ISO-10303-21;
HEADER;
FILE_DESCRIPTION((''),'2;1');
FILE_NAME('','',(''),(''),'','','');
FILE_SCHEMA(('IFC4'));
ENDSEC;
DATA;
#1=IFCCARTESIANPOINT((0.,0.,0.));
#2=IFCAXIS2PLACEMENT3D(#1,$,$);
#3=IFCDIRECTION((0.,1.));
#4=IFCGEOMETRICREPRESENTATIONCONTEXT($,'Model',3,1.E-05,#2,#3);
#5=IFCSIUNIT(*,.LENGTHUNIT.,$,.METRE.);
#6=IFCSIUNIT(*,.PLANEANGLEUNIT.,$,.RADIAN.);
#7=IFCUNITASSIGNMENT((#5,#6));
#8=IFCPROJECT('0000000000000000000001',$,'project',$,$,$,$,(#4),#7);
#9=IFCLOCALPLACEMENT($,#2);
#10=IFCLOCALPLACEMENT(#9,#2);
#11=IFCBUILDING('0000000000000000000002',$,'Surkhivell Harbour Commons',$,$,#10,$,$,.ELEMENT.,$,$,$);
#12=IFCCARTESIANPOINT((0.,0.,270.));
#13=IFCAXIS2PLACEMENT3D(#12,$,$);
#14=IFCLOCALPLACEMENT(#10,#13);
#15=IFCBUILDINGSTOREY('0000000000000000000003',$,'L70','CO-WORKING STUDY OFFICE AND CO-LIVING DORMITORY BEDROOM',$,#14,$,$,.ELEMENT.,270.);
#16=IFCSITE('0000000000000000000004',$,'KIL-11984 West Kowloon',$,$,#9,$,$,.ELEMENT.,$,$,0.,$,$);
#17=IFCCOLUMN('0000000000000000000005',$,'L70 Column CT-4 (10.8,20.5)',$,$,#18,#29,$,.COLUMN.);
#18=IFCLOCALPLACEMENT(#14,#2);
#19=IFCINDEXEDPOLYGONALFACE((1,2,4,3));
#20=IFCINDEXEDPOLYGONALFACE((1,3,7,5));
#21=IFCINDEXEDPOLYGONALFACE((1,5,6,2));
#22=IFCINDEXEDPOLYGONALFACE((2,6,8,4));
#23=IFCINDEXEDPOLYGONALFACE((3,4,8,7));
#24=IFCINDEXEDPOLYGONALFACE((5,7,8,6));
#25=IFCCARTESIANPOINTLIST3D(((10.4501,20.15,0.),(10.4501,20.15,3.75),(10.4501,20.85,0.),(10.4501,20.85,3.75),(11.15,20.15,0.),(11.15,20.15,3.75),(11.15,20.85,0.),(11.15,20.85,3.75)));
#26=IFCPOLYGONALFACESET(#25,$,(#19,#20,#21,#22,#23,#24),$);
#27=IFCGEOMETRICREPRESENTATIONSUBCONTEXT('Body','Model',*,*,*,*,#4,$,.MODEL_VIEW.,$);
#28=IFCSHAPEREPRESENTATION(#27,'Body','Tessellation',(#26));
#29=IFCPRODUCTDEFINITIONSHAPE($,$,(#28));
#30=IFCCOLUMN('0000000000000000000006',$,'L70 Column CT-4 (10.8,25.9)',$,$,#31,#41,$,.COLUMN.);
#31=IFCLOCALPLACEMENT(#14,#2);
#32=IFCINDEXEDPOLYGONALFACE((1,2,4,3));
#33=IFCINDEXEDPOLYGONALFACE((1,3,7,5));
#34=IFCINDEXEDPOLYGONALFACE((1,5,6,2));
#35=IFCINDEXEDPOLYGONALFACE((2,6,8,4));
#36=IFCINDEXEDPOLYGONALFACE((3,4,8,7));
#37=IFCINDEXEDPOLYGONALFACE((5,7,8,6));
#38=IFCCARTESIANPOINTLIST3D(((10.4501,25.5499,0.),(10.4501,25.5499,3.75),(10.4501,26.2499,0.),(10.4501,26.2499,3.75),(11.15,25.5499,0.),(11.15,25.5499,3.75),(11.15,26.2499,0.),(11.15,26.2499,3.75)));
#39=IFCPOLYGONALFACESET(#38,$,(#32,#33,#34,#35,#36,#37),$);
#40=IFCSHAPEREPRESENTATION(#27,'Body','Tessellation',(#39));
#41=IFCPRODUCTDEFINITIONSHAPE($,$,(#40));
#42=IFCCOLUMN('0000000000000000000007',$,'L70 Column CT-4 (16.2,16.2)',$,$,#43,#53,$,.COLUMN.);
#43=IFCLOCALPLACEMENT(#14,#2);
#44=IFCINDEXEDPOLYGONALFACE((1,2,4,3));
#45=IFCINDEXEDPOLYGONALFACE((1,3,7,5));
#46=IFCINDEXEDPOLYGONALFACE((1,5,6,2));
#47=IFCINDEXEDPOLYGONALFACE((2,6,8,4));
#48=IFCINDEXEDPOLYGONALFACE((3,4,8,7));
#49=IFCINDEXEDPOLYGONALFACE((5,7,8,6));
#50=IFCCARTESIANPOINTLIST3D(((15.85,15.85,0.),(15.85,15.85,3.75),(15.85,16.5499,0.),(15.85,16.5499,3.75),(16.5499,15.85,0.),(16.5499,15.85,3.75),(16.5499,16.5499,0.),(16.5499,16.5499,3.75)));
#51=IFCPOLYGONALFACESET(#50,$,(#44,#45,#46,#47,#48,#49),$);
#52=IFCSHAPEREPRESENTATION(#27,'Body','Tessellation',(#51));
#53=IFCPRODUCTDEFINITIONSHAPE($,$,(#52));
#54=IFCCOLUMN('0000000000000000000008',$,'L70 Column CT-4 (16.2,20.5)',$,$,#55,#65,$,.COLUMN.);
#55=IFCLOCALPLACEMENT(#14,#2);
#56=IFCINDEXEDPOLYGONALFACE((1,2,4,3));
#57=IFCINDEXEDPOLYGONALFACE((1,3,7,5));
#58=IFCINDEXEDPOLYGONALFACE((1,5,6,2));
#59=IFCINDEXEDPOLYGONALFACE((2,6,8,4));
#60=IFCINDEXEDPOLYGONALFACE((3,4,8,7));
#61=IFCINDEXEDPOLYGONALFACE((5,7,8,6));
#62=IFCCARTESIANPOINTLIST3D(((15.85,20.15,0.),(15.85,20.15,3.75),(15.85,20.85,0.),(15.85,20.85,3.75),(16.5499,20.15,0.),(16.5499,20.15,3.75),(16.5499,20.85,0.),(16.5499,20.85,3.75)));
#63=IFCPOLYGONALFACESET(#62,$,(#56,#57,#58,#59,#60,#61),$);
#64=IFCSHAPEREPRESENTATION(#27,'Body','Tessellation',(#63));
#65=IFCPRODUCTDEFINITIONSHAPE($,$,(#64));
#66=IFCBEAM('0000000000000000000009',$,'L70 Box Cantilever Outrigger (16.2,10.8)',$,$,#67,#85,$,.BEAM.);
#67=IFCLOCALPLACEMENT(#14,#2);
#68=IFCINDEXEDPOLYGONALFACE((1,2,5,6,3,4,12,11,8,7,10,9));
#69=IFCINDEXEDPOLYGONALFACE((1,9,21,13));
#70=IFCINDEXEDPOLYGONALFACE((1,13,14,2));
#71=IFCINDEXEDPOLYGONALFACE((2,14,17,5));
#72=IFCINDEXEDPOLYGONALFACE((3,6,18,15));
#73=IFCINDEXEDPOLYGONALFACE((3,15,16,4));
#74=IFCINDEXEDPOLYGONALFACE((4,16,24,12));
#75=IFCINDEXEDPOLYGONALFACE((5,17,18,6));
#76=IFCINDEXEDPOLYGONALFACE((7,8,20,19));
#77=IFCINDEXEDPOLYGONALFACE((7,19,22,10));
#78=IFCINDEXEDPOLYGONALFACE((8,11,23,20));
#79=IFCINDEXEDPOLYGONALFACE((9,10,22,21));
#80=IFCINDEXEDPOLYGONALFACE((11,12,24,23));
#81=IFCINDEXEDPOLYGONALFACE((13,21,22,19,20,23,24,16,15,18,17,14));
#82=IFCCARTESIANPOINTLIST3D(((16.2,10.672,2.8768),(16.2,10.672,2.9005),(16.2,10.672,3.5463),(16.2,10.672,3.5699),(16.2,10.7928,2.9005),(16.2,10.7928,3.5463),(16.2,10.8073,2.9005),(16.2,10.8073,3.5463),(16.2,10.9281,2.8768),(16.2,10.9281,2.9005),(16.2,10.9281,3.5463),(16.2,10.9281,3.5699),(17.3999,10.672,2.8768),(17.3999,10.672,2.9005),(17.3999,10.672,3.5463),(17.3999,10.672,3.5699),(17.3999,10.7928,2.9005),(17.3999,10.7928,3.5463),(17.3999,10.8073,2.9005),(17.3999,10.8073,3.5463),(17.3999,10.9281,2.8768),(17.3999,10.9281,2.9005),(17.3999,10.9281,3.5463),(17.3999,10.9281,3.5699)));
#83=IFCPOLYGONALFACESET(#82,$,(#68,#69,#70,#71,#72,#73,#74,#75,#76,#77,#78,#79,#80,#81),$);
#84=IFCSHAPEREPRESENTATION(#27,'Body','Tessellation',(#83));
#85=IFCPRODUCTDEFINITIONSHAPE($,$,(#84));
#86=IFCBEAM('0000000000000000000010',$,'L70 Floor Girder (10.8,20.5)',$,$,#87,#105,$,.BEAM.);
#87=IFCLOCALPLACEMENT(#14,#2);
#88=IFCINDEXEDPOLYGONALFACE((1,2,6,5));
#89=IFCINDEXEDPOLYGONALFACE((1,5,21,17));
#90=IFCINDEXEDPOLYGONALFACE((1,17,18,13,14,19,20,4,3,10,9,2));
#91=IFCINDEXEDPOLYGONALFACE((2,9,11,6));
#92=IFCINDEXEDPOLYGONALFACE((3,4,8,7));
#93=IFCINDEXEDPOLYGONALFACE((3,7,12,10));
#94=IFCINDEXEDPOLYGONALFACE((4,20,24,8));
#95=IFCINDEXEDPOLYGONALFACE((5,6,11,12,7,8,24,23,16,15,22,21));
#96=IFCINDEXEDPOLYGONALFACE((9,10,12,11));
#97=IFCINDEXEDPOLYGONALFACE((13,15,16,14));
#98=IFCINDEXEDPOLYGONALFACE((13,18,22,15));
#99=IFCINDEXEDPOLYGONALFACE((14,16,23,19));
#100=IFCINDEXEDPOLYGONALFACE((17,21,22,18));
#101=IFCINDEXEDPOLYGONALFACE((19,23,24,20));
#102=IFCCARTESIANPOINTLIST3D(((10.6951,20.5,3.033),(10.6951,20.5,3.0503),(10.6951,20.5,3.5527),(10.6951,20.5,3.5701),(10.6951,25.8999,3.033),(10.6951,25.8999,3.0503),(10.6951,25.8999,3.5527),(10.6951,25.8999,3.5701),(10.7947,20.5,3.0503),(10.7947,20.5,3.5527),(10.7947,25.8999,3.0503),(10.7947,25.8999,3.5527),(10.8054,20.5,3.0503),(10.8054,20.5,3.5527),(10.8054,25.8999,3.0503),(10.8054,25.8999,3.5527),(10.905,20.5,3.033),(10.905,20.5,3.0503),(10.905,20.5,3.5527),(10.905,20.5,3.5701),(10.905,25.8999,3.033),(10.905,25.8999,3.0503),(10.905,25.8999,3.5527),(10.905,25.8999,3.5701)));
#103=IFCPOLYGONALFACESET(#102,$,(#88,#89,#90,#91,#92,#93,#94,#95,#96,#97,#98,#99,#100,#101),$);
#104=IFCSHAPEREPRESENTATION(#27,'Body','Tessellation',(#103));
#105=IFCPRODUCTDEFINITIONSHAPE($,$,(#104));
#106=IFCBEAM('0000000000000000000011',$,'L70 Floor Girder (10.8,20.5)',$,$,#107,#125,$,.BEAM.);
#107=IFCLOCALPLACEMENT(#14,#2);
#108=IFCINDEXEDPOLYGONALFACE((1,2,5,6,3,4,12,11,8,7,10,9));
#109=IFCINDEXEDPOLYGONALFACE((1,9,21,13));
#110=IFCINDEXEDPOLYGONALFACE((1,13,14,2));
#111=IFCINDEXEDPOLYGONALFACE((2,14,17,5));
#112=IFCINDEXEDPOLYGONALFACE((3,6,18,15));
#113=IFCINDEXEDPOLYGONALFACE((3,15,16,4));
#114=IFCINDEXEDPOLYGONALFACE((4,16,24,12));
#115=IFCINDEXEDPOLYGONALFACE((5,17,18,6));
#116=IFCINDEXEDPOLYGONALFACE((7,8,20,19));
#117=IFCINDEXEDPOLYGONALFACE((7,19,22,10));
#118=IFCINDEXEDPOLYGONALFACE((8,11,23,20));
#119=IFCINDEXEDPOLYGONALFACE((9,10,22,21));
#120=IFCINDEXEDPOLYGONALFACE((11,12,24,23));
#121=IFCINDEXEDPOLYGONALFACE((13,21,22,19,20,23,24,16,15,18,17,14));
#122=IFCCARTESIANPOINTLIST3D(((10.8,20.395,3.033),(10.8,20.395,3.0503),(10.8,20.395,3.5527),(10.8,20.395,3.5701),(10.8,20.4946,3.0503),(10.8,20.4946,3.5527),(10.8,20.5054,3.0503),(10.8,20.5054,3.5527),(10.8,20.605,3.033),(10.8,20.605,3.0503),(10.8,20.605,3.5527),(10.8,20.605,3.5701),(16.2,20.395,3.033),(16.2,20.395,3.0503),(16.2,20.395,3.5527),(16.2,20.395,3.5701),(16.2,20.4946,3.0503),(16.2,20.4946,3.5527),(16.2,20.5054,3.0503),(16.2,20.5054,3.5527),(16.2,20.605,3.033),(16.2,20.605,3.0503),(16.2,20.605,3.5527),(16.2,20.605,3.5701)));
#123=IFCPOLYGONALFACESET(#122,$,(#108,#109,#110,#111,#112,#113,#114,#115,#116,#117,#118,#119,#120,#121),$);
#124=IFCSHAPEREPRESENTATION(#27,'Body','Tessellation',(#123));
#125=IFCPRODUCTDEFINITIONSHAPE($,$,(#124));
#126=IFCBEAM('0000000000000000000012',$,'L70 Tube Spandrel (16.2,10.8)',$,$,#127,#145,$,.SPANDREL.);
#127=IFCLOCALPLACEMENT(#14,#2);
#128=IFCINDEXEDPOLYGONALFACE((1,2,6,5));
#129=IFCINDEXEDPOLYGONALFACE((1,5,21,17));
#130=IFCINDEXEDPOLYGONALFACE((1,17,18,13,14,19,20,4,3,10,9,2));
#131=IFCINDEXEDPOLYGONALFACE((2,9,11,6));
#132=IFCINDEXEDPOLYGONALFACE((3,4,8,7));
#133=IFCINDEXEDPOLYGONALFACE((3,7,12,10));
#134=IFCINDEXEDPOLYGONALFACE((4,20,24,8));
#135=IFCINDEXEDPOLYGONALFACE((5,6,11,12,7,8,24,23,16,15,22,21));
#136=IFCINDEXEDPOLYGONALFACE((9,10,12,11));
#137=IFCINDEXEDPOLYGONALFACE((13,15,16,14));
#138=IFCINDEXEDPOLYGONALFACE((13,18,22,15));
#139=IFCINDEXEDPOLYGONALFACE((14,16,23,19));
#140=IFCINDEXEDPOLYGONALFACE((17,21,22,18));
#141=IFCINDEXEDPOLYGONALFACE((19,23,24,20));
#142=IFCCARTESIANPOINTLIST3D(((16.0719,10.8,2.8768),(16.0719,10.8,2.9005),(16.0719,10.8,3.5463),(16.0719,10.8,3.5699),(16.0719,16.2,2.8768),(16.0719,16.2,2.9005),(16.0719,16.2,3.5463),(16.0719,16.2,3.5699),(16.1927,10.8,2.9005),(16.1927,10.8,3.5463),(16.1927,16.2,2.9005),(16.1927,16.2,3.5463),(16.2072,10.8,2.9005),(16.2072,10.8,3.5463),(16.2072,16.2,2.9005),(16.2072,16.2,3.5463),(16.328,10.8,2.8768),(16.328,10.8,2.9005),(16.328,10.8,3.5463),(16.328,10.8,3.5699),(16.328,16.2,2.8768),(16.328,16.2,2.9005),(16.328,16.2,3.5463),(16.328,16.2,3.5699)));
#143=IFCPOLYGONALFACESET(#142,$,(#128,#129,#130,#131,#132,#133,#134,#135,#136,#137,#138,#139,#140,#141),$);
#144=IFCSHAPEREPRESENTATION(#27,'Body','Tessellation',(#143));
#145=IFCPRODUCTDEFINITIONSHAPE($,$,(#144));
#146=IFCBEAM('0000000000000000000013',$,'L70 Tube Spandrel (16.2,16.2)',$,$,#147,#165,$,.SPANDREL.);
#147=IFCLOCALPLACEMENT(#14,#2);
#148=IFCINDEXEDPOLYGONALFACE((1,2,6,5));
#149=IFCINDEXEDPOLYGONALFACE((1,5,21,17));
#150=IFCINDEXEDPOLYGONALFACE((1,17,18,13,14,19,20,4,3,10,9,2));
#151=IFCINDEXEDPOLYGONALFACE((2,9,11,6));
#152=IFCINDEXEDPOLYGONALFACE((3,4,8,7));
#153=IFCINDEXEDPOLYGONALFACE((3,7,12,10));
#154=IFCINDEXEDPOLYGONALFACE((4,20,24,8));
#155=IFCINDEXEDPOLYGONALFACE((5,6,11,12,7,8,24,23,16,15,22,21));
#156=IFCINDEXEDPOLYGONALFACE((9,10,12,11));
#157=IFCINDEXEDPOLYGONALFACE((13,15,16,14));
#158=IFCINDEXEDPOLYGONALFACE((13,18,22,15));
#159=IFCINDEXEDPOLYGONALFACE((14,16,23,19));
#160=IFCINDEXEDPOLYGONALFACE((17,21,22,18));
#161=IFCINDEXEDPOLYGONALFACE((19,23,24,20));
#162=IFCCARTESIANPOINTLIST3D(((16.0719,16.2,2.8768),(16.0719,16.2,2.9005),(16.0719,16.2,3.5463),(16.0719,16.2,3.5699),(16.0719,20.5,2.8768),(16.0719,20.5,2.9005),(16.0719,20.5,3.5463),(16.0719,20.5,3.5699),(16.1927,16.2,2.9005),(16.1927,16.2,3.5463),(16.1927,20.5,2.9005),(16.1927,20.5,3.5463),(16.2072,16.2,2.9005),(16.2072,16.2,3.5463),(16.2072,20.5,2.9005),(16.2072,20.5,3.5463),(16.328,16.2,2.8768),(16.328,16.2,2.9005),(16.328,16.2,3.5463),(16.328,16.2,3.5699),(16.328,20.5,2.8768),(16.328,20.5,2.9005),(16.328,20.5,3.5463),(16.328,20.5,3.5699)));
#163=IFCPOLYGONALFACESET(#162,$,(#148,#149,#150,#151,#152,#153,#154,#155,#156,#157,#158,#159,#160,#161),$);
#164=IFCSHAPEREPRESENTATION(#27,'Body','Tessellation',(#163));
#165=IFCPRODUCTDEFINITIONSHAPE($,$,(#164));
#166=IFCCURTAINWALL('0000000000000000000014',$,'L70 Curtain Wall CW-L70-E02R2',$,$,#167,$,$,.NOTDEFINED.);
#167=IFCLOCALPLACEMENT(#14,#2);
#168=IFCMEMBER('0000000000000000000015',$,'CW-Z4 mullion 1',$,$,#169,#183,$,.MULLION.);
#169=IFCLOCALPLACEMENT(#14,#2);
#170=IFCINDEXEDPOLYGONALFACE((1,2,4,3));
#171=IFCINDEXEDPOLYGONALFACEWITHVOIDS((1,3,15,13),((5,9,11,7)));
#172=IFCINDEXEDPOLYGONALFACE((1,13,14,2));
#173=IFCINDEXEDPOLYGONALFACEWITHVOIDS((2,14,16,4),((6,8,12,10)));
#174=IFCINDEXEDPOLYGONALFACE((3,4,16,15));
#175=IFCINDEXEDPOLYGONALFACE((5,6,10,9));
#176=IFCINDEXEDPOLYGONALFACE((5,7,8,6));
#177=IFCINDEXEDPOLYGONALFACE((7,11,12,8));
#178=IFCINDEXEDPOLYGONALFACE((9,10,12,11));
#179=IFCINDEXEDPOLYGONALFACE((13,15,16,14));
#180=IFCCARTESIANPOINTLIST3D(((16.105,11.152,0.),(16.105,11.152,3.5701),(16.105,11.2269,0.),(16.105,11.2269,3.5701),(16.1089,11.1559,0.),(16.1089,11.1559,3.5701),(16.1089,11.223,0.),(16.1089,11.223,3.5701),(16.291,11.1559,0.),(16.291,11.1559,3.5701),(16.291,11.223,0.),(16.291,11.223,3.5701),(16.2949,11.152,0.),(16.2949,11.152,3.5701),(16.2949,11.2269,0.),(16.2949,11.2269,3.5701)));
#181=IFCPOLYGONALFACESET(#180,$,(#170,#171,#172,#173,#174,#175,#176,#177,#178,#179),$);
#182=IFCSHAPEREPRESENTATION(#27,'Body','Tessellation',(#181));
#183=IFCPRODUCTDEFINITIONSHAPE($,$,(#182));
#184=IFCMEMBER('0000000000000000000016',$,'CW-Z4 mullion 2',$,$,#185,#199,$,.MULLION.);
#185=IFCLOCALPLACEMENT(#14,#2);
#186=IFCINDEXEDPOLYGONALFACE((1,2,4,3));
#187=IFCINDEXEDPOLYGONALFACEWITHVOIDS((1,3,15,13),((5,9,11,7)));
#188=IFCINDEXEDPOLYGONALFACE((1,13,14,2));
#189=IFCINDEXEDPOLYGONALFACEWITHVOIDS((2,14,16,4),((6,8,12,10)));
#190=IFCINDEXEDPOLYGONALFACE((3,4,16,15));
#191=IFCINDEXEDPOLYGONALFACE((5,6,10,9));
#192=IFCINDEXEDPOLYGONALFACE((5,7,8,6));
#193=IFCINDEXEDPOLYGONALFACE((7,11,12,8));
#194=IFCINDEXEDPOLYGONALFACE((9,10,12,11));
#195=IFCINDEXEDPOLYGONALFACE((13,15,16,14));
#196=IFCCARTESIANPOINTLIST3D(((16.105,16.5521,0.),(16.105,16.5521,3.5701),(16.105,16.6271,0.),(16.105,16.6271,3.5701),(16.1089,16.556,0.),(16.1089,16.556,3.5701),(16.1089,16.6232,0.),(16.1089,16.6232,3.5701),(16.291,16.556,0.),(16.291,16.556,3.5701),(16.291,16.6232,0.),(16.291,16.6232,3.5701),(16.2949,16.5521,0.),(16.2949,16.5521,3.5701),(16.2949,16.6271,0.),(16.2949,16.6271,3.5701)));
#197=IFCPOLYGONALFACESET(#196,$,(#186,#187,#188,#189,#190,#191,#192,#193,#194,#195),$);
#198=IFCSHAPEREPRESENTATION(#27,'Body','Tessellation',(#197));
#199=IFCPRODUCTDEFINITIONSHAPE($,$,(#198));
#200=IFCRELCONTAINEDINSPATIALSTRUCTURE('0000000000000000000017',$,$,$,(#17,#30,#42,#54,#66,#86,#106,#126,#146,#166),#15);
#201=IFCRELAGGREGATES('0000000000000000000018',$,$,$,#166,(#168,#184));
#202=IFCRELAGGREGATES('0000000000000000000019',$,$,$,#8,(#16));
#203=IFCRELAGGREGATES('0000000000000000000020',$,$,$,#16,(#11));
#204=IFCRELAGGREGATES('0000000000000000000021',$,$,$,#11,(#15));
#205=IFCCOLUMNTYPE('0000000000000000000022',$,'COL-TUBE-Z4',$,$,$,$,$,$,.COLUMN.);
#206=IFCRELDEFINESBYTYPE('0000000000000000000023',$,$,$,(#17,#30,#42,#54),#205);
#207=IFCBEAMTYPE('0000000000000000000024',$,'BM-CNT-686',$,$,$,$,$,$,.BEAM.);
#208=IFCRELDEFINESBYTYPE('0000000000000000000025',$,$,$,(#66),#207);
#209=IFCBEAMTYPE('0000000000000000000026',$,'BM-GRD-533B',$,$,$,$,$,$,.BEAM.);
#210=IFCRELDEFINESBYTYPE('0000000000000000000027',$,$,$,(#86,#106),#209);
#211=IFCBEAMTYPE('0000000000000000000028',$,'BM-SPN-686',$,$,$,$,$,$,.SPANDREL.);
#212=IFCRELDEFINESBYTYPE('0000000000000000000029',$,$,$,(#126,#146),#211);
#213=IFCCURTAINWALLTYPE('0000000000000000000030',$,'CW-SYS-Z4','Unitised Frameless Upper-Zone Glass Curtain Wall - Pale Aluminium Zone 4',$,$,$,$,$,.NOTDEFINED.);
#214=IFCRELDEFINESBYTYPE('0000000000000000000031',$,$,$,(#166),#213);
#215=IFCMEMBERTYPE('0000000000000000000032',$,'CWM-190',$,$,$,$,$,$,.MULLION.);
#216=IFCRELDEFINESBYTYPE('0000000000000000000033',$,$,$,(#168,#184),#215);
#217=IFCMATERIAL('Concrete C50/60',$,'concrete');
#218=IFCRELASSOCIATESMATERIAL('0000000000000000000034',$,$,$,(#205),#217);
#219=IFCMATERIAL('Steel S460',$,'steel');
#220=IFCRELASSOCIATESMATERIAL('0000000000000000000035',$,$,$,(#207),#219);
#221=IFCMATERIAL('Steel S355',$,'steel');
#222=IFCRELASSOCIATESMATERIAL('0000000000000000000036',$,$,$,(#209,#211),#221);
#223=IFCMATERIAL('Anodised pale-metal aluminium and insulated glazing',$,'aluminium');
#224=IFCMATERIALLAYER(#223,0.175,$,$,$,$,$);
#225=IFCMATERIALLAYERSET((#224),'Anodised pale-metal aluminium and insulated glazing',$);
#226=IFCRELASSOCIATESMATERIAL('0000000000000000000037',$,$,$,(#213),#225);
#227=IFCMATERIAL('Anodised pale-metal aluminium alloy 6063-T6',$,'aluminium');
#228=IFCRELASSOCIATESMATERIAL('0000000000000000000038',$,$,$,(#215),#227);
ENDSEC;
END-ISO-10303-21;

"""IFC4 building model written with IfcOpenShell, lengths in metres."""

from ifc_helpers import new_model, si_unit, direction, frame, origin, origin_2d, place, context, subcontext, project, spatial, rectangle, hollow_rectangle, i_section, extrude, material, layer, layer_set, material_profile, profile_set, type_object, element, aggregate, save


model = new_model("IFC4")

# Units and contexts
model_context = context("Model", 3, precision=1e-05, world=origin(), true_north=direction((0.0, 1.0)))
body_context = subcontext(model_context, "Body", "Model", "MODEL_VIEW")
ifc_project = project(units=[si_unit("LENGTHUNIT", "METRE"), si_unit("PLANEANGLEUNIT", "RADIAN")], contexts=[model_context])

# Site, building, storey
site_placement = place(None, origin())
site = spatial("IfcSite", under=ifc_project, at=site_placement, Name="KIL-11984 West Kowloon", CompositionType="ELEMENT", RefElevation=0.0)
building_placement = place(site_placement, origin())
building = spatial("IfcBuilding", under=site, at=building_placement, Name="Surkhivell Harbour Commons", CompositionType="ELEMENT")
storey_placement = place(building_placement, frame((0.0, 0.0, 270.0)))
storey = spatial("IfcBuildingStorey", under=building, at=storey_placement, Name="L70", Description="CO-WORKING STUDY OFFICE AND CO-LIVING DORMITORY BEDROOM", CompositionType="ELEMENT", Elevation=270.0)

# Columns
ifc_material_1 = material(Name="Concrete C50/60", Category="concrete")
ifc_material_profile_1 = material_profile(ifc_material_1, rectangle(XDim=0.7, YDim=0.7, at=origin_2d()), Name="RC-COL-700x700")
ifc_profile_set_1 = profile_set([ifc_material_profile_1], Name="Concrete C50/60")
column_type = type_object("IfcColumnType", Name="COL-TUBE-Z4", PredefinedType="COLUMN", material=ifc_profile_set_1)
for number, where, z_axis, x_axis, name in (
    (1, (10.8, 20.5, 0.0), (0.0, 0.0, 1.0), (1.0, 0.0, 0.0), "L70 Column CT-4 (10.8,20.5)"),
    (2, (10.8, 25.8999, 0.0), (0.0, 0.0, 1.0), (1.0, 0.0, 0.0), "L70 Column CT-4 (10.8,25.9)"),
    (3, (16.2, 16.2, 0.0), (0.0, 0.0, 1.0), (1.0, 0.0, 0.0), "L70 Column CT-4 (16.2,16.2)"),
    (4, (16.2, 20.5, 0.0), (0.0, 0.0, 1.0), (1.0, 0.0, 0.0), "L70 Column CT-4 (16.2,20.5)"),
):
    element("IfcColumn", number, at=place(storey_placement, frame(where, z_axis=z_axis, x_axis=x_axis)), inside=storey, type_object=column_type, Name=name, PredefinedType="COLUMN", context=body_context, shape_type="SweptSolid", body=[
        extrude(rectangle(XDim=0.7, YDim=0.7, at=origin_2d()), origin(), (0.0, 0.0, 1.0), 3.75),
    ])

# Beams
ifc_material_2 = material(Name="Steel S460", Category="steel")
ifc_material_profile_2 = material_profile(ifc_material_2, i_section(OverallWidth=0.2561, OverallDepth=0.6931, WebThickness=0.0144, FlangeThickness=0.0237, at=origin_2d()), Name="UB686x254x170")
ifc_profile_set_2 = profile_set([ifc_material_profile_2], Name="Steel S460")
beam_type_1 = type_object("IfcBeamType", Name="BM-CNT-686", PredefinedType="BEAM", material=ifc_profile_set_2)
beam_1_placement = place(storey_placement, frame((16.2, 10.8, 3.2234), z_axis=(1.0, 0.0, 0.0), x_axis=(0.0, 1.0, 0.0)))
element("IfcBeam", 5, at=beam_1_placement, inside=storey, type_object=beam_type_1, Name="L70 Box Cantilever Outrigger (16.2,10.8)", PredefinedType="BEAM", context=body_context, shape_type="SweptSolid", body=[
    extrude(i_section(OverallWidth=0.2561, OverallDepth=0.6931, WebThickness=0.0144, FlangeThickness=0.0237, at=origin_2d()), origin(), (0.0, 0.0, 1.0), 1.2),
])
ifc_material_3 = material(Name="Steel S355", Category="steel")
ifc_material_profile_3 = material_profile(ifc_material_3, i_section(OverallWidth=0.21, OverallDepth=0.5371, WebThickness=0.0107, FlangeThickness=0.0173, at=origin_2d()), Name="UB533x210x101")
ifc_profile_set_3 = profile_set([ifc_material_profile_3], Name="Steel S355")
beam_type_2 = type_object("IfcBeamType", Name="BM-GRD-533B", PredefinedType="BEAM", material=ifc_profile_set_3)
for number, where, z_axis, x_axis, name in (
    (6, (10.8, 20.5, 3.3015), (0.0, 1.0, 0.0), (-1.0, 0.0, 0.0), "L70 Floor Girder (10.8,20.5)"),
    (7, (10.8, 20.5, 3.3015), (1.0, 0.0, 0.0), (0.0, 1.0, 0.0), "L70 Floor Girder (10.8,20.5)"),
):
    element("IfcBeam", number, at=place(storey_placement, frame(where, z_axis=z_axis, x_axis=x_axis)), inside=storey, type_object=beam_type_2, Name=name, PredefinedType="BEAM", context=body_context, shape_type="SweptSolid", body=[
        extrude(i_section(OverallWidth=0.21, OverallDepth=0.5371, WebThickness=0.0107, FlangeThickness=0.0173, at=origin_2d()), origin(), (0.0, 0.0, 1.0), 5.3999),
    ])
ifc_material_profile_4 = material_profile(ifc_material_3, i_section(OverallWidth=0.2561, OverallDepth=0.6931, WebThickness=0.0144, FlangeThickness=0.0237, at=origin_2d()), Name="UB686x254x170")
ifc_profile_set_4 = profile_set([ifc_material_profile_4], Name="Steel S355")
beam_type_3 = type_object("IfcBeamType", Name="BM-SPN-686", PredefinedType="SPANDREL", material=ifc_profile_set_4)
beam_2_placement = place(storey_placement, frame((16.2, 10.8, 3.2234), z_axis=(0.0, 1.0, 0.0), x_axis=(-1.0, 0.0, 0.0)))
element("IfcBeam", 8, at=beam_2_placement, inside=storey, type_object=beam_type_3, Name="L70 Tube Spandrel (16.2,10.8)", PredefinedType="SPANDREL", context=body_context, shape_type="SweptSolid", body=[
    extrude(i_section(OverallWidth=0.2561, OverallDepth=0.6931, WebThickness=0.0144, FlangeThickness=0.0237, at=origin_2d()), origin(), (0.0, 0.0, 1.0), 5.3999),
])
beam_3_placement = place(storey_placement, frame((16.2, 16.2, 3.2234), z_axis=(0.0, 1.0, 0.0), x_axis=(-1.0, 0.0, 0.0)))
element("IfcBeam", 9, at=beam_3_placement, inside=storey, type_object=beam_type_3, Name="L70 Tube Spandrel (16.2,16.2)", PredefinedType="SPANDREL", context=body_context, shape_type="SweptSolid", body=[
    extrude(i_section(OverallWidth=0.2561, OverallDepth=0.6931, WebThickness=0.0144, FlangeThickness=0.0237, at=origin_2d()), origin(), (0.0, 0.0, 1.0), 4.3),
])

# Curtain wall, members
ifc_material_4 = material(Name="Anodised pale-metal aluminium and insulated glazing", Category="aluminium")
ifc_layer_1 = layer(ifc_material_4, 0.175)
ifc_layer_set_1 = layer_set([ifc_layer_1], Name="Anodised pale-metal aluminium and insulated glazing")
curtain_wall_type = type_object("IfcCurtainWallType", Name="CW-SYS-Z4", Description="Unitised Frameless Upper-Zone Glass Curtain Wall - Pale Aluminium Zone 4", PredefinedType="NOTDEFINED", material=ifc_layer_set_1)
curtain_wall_1_placement = place(storey_placement, origin())
curtain_wall_1 = element("IfcCurtainWall", 10, at=curtain_wall_1_placement, inside=storey, type_object=curtain_wall_type, Name="L70 Curtain Wall CW-L70-E02R2", PredefinedType="NOTDEFINED")
ifc_material_5 = material(Name="Anodised pale-metal aluminium alloy 6063-T6", Category="aluminium")
ifc_material_profile_5 = material_profile(ifc_material_5, hollow_rectangle(XDim=0.075, YDim=0.1899, WallThickness=0.0039, at=origin_2d()), Name="ALU-MULL-75x190")
ifc_profile_set_5 = profile_set([ifc_material_profile_5], Name="Anodised pale-metal aluminium alloy 6063-T6")
member_type_1 = type_object("IfcMemberType", Name="CWM-190", PredefinedType="MULLION", material=ifc_profile_set_5)
member_1_placement = place(storey_placement, frame((16.2, 11.1895, 0.0), z_axis=(0.0, 0.0, 1.0), x_axis=(0.0, 1.0, 0.0)))
member_1 = element("IfcMember", 11, at=member_1_placement, type_object=member_type_1, Name="CW-Z4 mullion 1", PredefinedType="MULLION", context=body_context, shape_type="SweptSolid", body=[
    extrude(hollow_rectangle(XDim=0.075, YDim=0.1899, WallThickness=0.0039, at=origin_2d()), origin(), (0.0, 0.0, 1.0), 3.5701),
])
member_2_placement = place(storey_placement, frame((16.2, 16.5896, 0.0), z_axis=(0.0, 0.0, 1.0), x_axis=(0.0, 1.0, 0.0)))
member_2 = element("IfcMember", 12, at=member_2_placement, type_object=member_type_1, Name="CW-Z4 mullion 2", PredefinedType="MULLION", context=body_context, shape_type="SweptSolid", body=[
    extrude(hollow_rectangle(XDim=0.075, YDim=0.1899, WallThickness=0.0039, at=origin_2d()), origin(), (0.0, 0.0, 1.0), 3.5701),
])

aggregate(curtain_wall_1, [member_1, member_2])

save(model, "model.ifc")
